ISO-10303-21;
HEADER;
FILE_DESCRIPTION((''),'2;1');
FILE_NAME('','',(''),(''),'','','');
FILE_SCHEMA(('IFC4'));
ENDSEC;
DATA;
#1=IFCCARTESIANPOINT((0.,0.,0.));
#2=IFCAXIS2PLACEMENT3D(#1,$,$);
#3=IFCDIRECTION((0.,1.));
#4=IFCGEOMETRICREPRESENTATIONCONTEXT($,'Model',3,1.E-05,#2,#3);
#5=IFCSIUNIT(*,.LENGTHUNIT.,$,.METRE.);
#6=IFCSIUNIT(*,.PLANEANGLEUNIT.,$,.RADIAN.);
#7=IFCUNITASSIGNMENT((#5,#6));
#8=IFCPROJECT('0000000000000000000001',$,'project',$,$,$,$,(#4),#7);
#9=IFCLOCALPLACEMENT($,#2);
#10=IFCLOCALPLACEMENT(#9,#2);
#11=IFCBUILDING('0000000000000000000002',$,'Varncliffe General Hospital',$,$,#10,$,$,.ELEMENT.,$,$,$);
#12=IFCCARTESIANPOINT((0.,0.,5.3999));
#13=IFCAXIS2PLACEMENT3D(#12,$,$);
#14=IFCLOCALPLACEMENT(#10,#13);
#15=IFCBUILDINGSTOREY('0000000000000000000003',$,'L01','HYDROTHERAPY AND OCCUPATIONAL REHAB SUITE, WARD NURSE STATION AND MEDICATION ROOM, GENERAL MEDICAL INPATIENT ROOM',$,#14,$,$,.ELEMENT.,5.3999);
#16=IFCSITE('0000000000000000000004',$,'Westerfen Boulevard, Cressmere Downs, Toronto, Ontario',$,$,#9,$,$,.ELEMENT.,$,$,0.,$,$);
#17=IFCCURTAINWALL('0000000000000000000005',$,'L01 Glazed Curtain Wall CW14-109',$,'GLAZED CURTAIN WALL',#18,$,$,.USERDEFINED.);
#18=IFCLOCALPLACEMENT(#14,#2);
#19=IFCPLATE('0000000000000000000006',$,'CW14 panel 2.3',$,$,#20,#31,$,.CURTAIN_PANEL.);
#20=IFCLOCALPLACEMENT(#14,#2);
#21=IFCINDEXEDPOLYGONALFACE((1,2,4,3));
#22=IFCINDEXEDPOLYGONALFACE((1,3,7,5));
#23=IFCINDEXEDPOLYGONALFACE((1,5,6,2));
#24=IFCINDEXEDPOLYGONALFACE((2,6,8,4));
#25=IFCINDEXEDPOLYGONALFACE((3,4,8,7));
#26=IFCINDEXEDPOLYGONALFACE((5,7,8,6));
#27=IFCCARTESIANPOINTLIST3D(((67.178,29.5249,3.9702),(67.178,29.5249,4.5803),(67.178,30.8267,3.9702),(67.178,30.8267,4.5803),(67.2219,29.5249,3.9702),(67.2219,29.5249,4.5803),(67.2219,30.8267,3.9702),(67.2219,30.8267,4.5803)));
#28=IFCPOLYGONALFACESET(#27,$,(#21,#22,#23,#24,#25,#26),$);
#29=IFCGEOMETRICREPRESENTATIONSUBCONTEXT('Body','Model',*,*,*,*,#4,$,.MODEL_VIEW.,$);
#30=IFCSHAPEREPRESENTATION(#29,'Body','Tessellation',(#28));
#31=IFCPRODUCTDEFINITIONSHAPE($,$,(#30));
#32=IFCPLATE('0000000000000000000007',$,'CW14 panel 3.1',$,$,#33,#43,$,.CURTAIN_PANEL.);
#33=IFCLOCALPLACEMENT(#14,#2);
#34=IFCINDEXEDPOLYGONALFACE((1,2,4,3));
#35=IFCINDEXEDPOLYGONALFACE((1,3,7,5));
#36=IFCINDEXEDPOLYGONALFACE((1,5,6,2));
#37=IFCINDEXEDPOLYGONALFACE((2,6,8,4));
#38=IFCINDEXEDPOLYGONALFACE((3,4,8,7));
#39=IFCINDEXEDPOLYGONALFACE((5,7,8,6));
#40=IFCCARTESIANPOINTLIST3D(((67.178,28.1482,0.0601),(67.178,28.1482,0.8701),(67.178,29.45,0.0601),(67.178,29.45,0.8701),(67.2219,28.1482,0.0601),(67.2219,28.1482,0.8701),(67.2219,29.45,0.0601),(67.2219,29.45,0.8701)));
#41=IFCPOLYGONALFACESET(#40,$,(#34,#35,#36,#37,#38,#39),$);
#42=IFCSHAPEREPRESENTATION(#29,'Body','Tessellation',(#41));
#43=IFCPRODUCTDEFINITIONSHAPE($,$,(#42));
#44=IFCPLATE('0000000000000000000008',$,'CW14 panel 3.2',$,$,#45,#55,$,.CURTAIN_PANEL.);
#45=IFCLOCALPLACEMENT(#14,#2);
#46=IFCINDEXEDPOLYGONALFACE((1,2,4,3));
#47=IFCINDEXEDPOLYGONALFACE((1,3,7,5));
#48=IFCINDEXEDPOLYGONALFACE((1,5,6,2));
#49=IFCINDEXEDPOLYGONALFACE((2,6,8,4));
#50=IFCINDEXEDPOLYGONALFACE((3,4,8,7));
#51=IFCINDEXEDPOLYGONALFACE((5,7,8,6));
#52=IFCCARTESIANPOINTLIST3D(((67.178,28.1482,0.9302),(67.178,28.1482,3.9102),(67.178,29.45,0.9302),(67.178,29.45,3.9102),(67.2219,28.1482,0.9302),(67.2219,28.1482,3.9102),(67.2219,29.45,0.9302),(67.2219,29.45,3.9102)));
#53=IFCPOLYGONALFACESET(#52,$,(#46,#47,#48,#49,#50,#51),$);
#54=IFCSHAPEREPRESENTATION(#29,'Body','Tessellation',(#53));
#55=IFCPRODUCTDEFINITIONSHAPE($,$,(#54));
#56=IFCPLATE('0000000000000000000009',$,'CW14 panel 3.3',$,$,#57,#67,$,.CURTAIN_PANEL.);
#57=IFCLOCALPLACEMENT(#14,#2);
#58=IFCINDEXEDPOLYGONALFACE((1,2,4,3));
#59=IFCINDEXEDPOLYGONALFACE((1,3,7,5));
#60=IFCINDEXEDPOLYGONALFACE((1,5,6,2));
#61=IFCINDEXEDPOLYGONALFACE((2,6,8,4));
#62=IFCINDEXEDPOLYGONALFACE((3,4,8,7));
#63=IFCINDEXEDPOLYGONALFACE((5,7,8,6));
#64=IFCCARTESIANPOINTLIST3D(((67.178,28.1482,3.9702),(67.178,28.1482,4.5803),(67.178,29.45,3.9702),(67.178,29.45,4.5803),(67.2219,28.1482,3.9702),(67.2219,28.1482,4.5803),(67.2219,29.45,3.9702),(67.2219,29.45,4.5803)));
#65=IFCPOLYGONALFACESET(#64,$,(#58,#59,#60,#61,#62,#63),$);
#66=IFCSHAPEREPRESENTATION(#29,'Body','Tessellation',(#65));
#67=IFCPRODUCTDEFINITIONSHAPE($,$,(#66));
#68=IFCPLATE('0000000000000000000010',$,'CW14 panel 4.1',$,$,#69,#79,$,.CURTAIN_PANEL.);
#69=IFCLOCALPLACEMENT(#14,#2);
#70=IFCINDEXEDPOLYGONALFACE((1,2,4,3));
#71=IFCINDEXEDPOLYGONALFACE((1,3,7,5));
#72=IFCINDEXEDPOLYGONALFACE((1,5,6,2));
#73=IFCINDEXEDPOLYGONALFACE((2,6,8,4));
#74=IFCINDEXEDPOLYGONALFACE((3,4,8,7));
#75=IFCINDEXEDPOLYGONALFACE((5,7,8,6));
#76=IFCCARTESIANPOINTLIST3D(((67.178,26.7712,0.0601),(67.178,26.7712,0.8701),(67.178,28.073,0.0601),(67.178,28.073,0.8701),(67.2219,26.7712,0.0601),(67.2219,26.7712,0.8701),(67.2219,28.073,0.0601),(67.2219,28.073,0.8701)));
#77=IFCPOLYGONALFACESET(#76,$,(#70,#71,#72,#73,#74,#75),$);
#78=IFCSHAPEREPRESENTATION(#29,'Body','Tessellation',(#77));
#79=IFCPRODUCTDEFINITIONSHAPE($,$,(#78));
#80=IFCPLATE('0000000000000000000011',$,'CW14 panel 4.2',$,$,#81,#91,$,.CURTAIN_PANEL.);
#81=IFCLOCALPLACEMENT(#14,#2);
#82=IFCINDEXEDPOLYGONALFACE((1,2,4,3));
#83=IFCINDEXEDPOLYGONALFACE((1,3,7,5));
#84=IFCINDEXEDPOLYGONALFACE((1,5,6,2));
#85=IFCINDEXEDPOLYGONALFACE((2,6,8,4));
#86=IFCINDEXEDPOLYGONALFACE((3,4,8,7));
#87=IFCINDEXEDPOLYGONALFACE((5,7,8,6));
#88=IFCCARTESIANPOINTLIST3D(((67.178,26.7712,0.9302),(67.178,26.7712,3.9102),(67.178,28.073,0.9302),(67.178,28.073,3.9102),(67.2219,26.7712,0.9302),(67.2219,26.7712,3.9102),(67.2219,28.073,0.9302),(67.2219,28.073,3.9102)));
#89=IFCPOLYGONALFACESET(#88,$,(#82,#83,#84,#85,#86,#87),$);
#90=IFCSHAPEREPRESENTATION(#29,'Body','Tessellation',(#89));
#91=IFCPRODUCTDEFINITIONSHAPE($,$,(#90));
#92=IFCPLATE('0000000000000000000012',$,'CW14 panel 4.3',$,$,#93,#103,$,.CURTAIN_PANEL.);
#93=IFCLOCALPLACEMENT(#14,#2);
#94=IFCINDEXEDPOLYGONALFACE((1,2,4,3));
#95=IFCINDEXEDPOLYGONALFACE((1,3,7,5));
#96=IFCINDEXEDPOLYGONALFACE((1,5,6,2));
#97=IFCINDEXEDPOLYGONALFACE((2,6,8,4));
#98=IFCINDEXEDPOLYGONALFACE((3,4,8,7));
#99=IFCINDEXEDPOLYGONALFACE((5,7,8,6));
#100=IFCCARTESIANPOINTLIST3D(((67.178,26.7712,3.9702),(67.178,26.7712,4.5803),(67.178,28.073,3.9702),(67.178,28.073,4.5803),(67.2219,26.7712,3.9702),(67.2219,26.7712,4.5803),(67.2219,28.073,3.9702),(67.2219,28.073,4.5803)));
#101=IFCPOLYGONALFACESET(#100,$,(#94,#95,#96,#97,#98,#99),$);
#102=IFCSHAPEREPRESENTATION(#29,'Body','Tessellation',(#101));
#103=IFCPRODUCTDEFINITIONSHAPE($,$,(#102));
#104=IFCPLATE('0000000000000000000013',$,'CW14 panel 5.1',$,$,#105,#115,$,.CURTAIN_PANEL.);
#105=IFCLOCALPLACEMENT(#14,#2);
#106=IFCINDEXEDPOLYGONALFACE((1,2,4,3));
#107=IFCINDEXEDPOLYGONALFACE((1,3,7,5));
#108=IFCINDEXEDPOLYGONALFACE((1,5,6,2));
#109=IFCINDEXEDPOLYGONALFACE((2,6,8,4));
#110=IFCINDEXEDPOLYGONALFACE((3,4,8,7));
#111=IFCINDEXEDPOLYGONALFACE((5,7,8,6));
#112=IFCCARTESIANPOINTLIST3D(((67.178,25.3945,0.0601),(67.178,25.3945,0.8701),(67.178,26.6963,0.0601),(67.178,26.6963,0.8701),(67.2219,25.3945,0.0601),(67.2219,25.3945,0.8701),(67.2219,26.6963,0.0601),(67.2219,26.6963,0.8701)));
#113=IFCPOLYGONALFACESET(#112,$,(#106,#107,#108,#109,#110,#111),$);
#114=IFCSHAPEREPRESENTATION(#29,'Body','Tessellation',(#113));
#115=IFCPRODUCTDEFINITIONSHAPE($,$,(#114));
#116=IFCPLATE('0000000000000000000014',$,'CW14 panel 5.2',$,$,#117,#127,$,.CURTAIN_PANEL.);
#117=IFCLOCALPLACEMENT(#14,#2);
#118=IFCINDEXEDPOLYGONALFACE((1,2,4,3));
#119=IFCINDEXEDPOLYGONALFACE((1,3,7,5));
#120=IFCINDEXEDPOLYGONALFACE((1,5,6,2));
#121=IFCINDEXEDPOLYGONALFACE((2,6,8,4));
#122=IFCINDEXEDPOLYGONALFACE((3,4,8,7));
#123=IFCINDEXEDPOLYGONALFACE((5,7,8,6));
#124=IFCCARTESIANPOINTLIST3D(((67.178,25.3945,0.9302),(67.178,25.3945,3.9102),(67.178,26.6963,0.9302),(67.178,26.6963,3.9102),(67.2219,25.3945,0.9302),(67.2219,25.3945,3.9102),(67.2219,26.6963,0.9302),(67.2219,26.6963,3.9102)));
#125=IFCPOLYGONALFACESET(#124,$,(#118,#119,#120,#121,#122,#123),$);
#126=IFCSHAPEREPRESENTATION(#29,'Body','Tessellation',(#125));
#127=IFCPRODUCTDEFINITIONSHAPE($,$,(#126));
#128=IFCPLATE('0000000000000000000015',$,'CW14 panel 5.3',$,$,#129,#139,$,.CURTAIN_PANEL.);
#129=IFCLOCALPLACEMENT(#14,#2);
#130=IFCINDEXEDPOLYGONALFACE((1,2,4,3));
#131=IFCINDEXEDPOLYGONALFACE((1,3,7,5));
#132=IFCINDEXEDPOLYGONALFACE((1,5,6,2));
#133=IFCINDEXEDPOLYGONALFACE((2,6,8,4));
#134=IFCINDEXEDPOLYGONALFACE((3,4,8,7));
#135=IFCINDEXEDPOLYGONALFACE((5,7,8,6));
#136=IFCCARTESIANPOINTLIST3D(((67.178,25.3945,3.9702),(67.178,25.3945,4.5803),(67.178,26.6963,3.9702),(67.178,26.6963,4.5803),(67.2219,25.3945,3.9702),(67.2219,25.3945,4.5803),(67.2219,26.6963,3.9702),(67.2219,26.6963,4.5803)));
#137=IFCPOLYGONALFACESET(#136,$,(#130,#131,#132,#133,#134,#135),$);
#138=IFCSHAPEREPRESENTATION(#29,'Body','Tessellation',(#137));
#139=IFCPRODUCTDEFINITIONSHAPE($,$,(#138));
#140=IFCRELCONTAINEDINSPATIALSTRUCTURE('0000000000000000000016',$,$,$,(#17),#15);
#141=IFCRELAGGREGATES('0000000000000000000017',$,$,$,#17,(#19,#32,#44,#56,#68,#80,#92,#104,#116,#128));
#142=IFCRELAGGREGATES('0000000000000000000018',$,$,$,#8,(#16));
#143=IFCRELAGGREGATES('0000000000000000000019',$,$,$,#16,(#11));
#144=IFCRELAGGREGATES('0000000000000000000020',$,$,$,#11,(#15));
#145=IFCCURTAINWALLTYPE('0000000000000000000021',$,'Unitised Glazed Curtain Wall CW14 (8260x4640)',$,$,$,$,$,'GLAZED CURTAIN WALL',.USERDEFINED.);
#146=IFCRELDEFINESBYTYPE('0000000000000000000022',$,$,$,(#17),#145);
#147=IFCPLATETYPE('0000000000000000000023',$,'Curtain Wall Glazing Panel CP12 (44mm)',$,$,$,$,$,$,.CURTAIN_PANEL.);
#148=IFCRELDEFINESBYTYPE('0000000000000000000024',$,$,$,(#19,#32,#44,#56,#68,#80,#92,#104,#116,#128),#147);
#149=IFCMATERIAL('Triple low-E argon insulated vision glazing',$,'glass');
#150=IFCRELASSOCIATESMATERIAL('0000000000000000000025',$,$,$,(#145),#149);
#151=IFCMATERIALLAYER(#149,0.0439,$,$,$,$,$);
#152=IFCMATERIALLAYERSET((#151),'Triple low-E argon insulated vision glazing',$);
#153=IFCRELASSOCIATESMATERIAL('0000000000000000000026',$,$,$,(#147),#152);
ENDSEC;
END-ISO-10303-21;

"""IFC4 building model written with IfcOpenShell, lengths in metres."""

from ifc_helpers import new_model, si_unit, direction, frame, origin, origin_2d, place, context, subcontext, project, spatial, rectangle, extrude, material, layer, layer_set, type_object, element, aggregate, save


model = new_model("IFC4")

# Units and contexts
model_context = context("Model", 3, precision=1e-05, world=origin(), true_north=direction((0.0, 1.0)))
body_context = subcontext(model_context, "Body", "Model", "MODEL_VIEW")
ifc_project = project(units=[si_unit("LENGTHUNIT", "METRE"), si_unit("PLANEANGLEUNIT", "RADIAN")], contexts=[model_context])

# Site, building, storey
site_placement = place(None, origin())
site = spatial("IfcSite", under=ifc_project, at=site_placement, Name="Westerfen Boulevard, Cressmere Downs, Toronto, Ontario", CompositionType="ELEMENT", RefElevation=0.0)
building_placement = place(site_placement, origin())
building = spatial("IfcBuilding", under=site, at=building_placement, Name="Varncliffe General Hospital", CompositionType="ELEMENT")
storey_placement = place(building_placement, frame((0.0, 0.0, 5.3999)))
storey = spatial("IfcBuildingStorey", under=building, at=storey_placement, Name="L01", Description="HYDROTHERAPY AND OCCUPATIONAL REHAB SUITE, WARD NURSE STATION AND MEDICATION ROOM, GENERAL MEDICAL INPATIENT ROOM", CompositionType="ELEMENT", Elevation=5.3999)

# Curtain wall, plates
ifc_material_1 = material(Name="Triple low-E argon insulated vision glazing", Category="glass")
curtain_wall_type = type_object("IfcCurtainWallType", Name="Unitised Glazed Curtain Wall CW14 (8260x4640)", ElementType="GLAZED CURTAIN WALL", PredefinedType="USERDEFINED", material=ifc_material_1)
curtain_wall_placement = place(storey_placement, origin())
curtain_wall = element("IfcCurtainWall", 1, at=curtain_wall_placement, inside=storey, type_object=curtain_wall_type, Name="L01 Glazed Curtain Wall CW14-109", ObjectType="GLAZED CURTAIN WALL", PredefinedType="USERDEFINED")
ifc_layer = layer(ifc_material_1, 0.0439)
ifc_layer_set = layer_set([ifc_layer], Name="Triple low-E argon insulated vision glazing")
plate_type = type_object("IfcPlateType", Name="Curtain Wall Glazing Panel CP12 (44mm)", PredefinedType="CURTAIN_PANEL", material=ifc_layer_set)
plate_1_placement = place(storey_placement, frame((67.2, 30.1758, 3.9702), z_axis=(0.0, 0.0, 1.0), x_axis=(0.0, -1.0, 0.0)))
plate_1 = element("IfcPlate", 2, at=plate_1_placement, type_object=plate_type, Name="CW14 panel 2.3", PredefinedType="CURTAIN_PANEL", context=body_context, shape_type="SweptSolid", body=[
    extrude(rectangle(XDim=1.3018, YDim=0.0439, at=origin_2d()), origin(), (0.0, 0.0, 1.0), 0.6101),
])
plate_2_placement = place(storey_placement, frame((67.2, 28.7991, 0.0601), z_axis=(0.0, 0.0, 1.0), x_axis=(0.0, -1.0, 0.0)))
plate_2 = element("IfcPlate", 3, at=plate_2_placement, type_object=plate_type, Name="CW14 panel 3.1", PredefinedType="CURTAIN_PANEL", context=body_context, shape_type="SweptSolid", body=[
    extrude(rectangle(XDim=1.3018, YDim=0.0439, at=origin_2d()), origin(), (0.0, 0.0, 1.0), 0.8101),
])
plate_3_placement = place(storey_placement, frame((67.2, 28.7991, 0.9302), z_axis=(0.0, 0.0, 1.0), x_axis=(0.0, -1.0, 0.0)))
plate_3 = element("IfcPlate", 4, at=plate_3_placement, type_object=plate_type, Name="CW14 panel 3.2", PredefinedType="CURTAIN_PANEL", context=body_context, shape_type="SweptSolid", body=[
    extrude(rectangle(XDim=1.3018, YDim=0.0439, at=origin_2d()), origin(), (0.0, 0.0, 1.0), 2.98),
])
plate_4_placement = place(storey_placement, frame((67.2, 28.7991, 3.9702), z_axis=(0.0, 0.0, 1.0), x_axis=(0.0, -1.0, 0.0)))
plate_4 = element("IfcPlate", 5, at=plate_4_placement, type_object=plate_type, Name="CW14 panel 3.3", PredefinedType="CURTAIN_PANEL", context=body_context, shape_type="SweptSolid", body=[
    extrude(rectangle(XDim=1.3018, YDim=0.0439, at=origin_2d()), origin(), (0.0, 0.0, 1.0), 0.6101),
])
plate_5_placement = place(storey_placement, frame((67.2, 27.4221, 0.0601), z_axis=(0.0, 0.0, 1.0), x_axis=(0.0, -1.0, 0.0)))
plate_5 = element("IfcPlate", 6, at=plate_5_placement, type_object=plate_type, Name="CW14 panel 4.1", PredefinedType="CURTAIN_PANEL", context=body_context, shape_type="SweptSolid", body=[
    extrude(rectangle(XDim=1.3018, YDim=0.0439, at=origin_2d()), origin(), (0.0, 0.0, 1.0), 0.8101),
])
plate_6_placement = place(storey_placement, frame((67.2, 27.4221, 0.9302), z_axis=(0.0, 0.0, 1.0), x_axis=(0.0, -1.0, 0.0)))
plate_6 = element("IfcPlate", 7, at=plate_6_placement, type_object=plate_type, Name="CW14 panel 4.2", PredefinedType="CURTAIN_PANEL", context=body_context, shape_type="SweptSolid", body=[
    extrude(rectangle(XDim=1.3018, YDim=0.0439, at=origin_2d()), origin(), (0.0, 0.0, 1.0), 2.98),
])
plate_7_placement = place(storey_placement, frame((67.2, 27.4221, 3.9702), z_axis=(0.0, 0.0, 1.0), x_axis=(0.0, -1.0, 0.0)))
plate_7 = element("IfcPlate", 8, at=plate_7_placement, type_object=plate_type, Name="CW14 panel 4.3", PredefinedType="CURTAIN_PANEL", context=body_context, shape_type="SweptSolid", body=[
    extrude(rectangle(XDim=1.3018, YDim=0.0439, at=origin_2d()), origin(), (0.0, 0.0, 1.0), 0.6101),
])
plate_8_placement = place(storey_placement, frame((67.2, 26.0454, 0.0601), z_axis=(0.0, 0.0, 1.0), x_axis=(0.0, -1.0, 0.0)))
plate_8 = element("IfcPlate", 9, at=plate_8_placement, type_object=plate_type, Name="CW14 panel 5.1", PredefinedType="CURTAIN_PANEL", context=body_context, shape_type="SweptSolid", body=[
    extrude(rectangle(XDim=1.3018, YDim=0.0439, at=origin_2d()), origin(), (0.0, 0.0, 1.0), 0.8101),
])
plate_9_placement = place(storey_placement, frame((67.2, 26.0454, 0.9302), z_axis=(0.0, 0.0, 1.0), x_axis=(0.0, -1.0, 0.0)))
plate_9 = element("IfcPlate", 10, at=plate_9_placement, type_object=plate_type, Name="CW14 panel 5.2", PredefinedType="CURTAIN_PANEL", context=body_context, shape_type="SweptSolid", body=[
    extrude(rectangle(XDim=1.3018, YDim=0.0439, at=origin_2d()), origin(), (0.0, 0.0, 1.0), 2.98),
])
plate_10_placement = place(storey_placement, frame((67.2, 26.0454, 3.9702), z_axis=(0.0, 0.0, 1.0), x_axis=(0.0, -1.0, 0.0)))
plate_10 = element("IfcPlate", 11, at=plate_10_placement, type_object=plate_type, Name="CW14 panel 5.3", PredefinedType="CURTAIN_PANEL", context=body_context, shape_type="SweptSolid", body=[
    extrude(rectangle(XDim=1.3018, YDim=0.0439, at=origin_2d()), origin(), (0.0, 0.0, 1.0), 0.6101),
])
aggregate(curtain_wall, [plate_1, plate_2, plate_3, plate_4, plate_5, plate_6, plate_7, plate_8, plate_9, plate_10])

save(model, "model.ifc")
